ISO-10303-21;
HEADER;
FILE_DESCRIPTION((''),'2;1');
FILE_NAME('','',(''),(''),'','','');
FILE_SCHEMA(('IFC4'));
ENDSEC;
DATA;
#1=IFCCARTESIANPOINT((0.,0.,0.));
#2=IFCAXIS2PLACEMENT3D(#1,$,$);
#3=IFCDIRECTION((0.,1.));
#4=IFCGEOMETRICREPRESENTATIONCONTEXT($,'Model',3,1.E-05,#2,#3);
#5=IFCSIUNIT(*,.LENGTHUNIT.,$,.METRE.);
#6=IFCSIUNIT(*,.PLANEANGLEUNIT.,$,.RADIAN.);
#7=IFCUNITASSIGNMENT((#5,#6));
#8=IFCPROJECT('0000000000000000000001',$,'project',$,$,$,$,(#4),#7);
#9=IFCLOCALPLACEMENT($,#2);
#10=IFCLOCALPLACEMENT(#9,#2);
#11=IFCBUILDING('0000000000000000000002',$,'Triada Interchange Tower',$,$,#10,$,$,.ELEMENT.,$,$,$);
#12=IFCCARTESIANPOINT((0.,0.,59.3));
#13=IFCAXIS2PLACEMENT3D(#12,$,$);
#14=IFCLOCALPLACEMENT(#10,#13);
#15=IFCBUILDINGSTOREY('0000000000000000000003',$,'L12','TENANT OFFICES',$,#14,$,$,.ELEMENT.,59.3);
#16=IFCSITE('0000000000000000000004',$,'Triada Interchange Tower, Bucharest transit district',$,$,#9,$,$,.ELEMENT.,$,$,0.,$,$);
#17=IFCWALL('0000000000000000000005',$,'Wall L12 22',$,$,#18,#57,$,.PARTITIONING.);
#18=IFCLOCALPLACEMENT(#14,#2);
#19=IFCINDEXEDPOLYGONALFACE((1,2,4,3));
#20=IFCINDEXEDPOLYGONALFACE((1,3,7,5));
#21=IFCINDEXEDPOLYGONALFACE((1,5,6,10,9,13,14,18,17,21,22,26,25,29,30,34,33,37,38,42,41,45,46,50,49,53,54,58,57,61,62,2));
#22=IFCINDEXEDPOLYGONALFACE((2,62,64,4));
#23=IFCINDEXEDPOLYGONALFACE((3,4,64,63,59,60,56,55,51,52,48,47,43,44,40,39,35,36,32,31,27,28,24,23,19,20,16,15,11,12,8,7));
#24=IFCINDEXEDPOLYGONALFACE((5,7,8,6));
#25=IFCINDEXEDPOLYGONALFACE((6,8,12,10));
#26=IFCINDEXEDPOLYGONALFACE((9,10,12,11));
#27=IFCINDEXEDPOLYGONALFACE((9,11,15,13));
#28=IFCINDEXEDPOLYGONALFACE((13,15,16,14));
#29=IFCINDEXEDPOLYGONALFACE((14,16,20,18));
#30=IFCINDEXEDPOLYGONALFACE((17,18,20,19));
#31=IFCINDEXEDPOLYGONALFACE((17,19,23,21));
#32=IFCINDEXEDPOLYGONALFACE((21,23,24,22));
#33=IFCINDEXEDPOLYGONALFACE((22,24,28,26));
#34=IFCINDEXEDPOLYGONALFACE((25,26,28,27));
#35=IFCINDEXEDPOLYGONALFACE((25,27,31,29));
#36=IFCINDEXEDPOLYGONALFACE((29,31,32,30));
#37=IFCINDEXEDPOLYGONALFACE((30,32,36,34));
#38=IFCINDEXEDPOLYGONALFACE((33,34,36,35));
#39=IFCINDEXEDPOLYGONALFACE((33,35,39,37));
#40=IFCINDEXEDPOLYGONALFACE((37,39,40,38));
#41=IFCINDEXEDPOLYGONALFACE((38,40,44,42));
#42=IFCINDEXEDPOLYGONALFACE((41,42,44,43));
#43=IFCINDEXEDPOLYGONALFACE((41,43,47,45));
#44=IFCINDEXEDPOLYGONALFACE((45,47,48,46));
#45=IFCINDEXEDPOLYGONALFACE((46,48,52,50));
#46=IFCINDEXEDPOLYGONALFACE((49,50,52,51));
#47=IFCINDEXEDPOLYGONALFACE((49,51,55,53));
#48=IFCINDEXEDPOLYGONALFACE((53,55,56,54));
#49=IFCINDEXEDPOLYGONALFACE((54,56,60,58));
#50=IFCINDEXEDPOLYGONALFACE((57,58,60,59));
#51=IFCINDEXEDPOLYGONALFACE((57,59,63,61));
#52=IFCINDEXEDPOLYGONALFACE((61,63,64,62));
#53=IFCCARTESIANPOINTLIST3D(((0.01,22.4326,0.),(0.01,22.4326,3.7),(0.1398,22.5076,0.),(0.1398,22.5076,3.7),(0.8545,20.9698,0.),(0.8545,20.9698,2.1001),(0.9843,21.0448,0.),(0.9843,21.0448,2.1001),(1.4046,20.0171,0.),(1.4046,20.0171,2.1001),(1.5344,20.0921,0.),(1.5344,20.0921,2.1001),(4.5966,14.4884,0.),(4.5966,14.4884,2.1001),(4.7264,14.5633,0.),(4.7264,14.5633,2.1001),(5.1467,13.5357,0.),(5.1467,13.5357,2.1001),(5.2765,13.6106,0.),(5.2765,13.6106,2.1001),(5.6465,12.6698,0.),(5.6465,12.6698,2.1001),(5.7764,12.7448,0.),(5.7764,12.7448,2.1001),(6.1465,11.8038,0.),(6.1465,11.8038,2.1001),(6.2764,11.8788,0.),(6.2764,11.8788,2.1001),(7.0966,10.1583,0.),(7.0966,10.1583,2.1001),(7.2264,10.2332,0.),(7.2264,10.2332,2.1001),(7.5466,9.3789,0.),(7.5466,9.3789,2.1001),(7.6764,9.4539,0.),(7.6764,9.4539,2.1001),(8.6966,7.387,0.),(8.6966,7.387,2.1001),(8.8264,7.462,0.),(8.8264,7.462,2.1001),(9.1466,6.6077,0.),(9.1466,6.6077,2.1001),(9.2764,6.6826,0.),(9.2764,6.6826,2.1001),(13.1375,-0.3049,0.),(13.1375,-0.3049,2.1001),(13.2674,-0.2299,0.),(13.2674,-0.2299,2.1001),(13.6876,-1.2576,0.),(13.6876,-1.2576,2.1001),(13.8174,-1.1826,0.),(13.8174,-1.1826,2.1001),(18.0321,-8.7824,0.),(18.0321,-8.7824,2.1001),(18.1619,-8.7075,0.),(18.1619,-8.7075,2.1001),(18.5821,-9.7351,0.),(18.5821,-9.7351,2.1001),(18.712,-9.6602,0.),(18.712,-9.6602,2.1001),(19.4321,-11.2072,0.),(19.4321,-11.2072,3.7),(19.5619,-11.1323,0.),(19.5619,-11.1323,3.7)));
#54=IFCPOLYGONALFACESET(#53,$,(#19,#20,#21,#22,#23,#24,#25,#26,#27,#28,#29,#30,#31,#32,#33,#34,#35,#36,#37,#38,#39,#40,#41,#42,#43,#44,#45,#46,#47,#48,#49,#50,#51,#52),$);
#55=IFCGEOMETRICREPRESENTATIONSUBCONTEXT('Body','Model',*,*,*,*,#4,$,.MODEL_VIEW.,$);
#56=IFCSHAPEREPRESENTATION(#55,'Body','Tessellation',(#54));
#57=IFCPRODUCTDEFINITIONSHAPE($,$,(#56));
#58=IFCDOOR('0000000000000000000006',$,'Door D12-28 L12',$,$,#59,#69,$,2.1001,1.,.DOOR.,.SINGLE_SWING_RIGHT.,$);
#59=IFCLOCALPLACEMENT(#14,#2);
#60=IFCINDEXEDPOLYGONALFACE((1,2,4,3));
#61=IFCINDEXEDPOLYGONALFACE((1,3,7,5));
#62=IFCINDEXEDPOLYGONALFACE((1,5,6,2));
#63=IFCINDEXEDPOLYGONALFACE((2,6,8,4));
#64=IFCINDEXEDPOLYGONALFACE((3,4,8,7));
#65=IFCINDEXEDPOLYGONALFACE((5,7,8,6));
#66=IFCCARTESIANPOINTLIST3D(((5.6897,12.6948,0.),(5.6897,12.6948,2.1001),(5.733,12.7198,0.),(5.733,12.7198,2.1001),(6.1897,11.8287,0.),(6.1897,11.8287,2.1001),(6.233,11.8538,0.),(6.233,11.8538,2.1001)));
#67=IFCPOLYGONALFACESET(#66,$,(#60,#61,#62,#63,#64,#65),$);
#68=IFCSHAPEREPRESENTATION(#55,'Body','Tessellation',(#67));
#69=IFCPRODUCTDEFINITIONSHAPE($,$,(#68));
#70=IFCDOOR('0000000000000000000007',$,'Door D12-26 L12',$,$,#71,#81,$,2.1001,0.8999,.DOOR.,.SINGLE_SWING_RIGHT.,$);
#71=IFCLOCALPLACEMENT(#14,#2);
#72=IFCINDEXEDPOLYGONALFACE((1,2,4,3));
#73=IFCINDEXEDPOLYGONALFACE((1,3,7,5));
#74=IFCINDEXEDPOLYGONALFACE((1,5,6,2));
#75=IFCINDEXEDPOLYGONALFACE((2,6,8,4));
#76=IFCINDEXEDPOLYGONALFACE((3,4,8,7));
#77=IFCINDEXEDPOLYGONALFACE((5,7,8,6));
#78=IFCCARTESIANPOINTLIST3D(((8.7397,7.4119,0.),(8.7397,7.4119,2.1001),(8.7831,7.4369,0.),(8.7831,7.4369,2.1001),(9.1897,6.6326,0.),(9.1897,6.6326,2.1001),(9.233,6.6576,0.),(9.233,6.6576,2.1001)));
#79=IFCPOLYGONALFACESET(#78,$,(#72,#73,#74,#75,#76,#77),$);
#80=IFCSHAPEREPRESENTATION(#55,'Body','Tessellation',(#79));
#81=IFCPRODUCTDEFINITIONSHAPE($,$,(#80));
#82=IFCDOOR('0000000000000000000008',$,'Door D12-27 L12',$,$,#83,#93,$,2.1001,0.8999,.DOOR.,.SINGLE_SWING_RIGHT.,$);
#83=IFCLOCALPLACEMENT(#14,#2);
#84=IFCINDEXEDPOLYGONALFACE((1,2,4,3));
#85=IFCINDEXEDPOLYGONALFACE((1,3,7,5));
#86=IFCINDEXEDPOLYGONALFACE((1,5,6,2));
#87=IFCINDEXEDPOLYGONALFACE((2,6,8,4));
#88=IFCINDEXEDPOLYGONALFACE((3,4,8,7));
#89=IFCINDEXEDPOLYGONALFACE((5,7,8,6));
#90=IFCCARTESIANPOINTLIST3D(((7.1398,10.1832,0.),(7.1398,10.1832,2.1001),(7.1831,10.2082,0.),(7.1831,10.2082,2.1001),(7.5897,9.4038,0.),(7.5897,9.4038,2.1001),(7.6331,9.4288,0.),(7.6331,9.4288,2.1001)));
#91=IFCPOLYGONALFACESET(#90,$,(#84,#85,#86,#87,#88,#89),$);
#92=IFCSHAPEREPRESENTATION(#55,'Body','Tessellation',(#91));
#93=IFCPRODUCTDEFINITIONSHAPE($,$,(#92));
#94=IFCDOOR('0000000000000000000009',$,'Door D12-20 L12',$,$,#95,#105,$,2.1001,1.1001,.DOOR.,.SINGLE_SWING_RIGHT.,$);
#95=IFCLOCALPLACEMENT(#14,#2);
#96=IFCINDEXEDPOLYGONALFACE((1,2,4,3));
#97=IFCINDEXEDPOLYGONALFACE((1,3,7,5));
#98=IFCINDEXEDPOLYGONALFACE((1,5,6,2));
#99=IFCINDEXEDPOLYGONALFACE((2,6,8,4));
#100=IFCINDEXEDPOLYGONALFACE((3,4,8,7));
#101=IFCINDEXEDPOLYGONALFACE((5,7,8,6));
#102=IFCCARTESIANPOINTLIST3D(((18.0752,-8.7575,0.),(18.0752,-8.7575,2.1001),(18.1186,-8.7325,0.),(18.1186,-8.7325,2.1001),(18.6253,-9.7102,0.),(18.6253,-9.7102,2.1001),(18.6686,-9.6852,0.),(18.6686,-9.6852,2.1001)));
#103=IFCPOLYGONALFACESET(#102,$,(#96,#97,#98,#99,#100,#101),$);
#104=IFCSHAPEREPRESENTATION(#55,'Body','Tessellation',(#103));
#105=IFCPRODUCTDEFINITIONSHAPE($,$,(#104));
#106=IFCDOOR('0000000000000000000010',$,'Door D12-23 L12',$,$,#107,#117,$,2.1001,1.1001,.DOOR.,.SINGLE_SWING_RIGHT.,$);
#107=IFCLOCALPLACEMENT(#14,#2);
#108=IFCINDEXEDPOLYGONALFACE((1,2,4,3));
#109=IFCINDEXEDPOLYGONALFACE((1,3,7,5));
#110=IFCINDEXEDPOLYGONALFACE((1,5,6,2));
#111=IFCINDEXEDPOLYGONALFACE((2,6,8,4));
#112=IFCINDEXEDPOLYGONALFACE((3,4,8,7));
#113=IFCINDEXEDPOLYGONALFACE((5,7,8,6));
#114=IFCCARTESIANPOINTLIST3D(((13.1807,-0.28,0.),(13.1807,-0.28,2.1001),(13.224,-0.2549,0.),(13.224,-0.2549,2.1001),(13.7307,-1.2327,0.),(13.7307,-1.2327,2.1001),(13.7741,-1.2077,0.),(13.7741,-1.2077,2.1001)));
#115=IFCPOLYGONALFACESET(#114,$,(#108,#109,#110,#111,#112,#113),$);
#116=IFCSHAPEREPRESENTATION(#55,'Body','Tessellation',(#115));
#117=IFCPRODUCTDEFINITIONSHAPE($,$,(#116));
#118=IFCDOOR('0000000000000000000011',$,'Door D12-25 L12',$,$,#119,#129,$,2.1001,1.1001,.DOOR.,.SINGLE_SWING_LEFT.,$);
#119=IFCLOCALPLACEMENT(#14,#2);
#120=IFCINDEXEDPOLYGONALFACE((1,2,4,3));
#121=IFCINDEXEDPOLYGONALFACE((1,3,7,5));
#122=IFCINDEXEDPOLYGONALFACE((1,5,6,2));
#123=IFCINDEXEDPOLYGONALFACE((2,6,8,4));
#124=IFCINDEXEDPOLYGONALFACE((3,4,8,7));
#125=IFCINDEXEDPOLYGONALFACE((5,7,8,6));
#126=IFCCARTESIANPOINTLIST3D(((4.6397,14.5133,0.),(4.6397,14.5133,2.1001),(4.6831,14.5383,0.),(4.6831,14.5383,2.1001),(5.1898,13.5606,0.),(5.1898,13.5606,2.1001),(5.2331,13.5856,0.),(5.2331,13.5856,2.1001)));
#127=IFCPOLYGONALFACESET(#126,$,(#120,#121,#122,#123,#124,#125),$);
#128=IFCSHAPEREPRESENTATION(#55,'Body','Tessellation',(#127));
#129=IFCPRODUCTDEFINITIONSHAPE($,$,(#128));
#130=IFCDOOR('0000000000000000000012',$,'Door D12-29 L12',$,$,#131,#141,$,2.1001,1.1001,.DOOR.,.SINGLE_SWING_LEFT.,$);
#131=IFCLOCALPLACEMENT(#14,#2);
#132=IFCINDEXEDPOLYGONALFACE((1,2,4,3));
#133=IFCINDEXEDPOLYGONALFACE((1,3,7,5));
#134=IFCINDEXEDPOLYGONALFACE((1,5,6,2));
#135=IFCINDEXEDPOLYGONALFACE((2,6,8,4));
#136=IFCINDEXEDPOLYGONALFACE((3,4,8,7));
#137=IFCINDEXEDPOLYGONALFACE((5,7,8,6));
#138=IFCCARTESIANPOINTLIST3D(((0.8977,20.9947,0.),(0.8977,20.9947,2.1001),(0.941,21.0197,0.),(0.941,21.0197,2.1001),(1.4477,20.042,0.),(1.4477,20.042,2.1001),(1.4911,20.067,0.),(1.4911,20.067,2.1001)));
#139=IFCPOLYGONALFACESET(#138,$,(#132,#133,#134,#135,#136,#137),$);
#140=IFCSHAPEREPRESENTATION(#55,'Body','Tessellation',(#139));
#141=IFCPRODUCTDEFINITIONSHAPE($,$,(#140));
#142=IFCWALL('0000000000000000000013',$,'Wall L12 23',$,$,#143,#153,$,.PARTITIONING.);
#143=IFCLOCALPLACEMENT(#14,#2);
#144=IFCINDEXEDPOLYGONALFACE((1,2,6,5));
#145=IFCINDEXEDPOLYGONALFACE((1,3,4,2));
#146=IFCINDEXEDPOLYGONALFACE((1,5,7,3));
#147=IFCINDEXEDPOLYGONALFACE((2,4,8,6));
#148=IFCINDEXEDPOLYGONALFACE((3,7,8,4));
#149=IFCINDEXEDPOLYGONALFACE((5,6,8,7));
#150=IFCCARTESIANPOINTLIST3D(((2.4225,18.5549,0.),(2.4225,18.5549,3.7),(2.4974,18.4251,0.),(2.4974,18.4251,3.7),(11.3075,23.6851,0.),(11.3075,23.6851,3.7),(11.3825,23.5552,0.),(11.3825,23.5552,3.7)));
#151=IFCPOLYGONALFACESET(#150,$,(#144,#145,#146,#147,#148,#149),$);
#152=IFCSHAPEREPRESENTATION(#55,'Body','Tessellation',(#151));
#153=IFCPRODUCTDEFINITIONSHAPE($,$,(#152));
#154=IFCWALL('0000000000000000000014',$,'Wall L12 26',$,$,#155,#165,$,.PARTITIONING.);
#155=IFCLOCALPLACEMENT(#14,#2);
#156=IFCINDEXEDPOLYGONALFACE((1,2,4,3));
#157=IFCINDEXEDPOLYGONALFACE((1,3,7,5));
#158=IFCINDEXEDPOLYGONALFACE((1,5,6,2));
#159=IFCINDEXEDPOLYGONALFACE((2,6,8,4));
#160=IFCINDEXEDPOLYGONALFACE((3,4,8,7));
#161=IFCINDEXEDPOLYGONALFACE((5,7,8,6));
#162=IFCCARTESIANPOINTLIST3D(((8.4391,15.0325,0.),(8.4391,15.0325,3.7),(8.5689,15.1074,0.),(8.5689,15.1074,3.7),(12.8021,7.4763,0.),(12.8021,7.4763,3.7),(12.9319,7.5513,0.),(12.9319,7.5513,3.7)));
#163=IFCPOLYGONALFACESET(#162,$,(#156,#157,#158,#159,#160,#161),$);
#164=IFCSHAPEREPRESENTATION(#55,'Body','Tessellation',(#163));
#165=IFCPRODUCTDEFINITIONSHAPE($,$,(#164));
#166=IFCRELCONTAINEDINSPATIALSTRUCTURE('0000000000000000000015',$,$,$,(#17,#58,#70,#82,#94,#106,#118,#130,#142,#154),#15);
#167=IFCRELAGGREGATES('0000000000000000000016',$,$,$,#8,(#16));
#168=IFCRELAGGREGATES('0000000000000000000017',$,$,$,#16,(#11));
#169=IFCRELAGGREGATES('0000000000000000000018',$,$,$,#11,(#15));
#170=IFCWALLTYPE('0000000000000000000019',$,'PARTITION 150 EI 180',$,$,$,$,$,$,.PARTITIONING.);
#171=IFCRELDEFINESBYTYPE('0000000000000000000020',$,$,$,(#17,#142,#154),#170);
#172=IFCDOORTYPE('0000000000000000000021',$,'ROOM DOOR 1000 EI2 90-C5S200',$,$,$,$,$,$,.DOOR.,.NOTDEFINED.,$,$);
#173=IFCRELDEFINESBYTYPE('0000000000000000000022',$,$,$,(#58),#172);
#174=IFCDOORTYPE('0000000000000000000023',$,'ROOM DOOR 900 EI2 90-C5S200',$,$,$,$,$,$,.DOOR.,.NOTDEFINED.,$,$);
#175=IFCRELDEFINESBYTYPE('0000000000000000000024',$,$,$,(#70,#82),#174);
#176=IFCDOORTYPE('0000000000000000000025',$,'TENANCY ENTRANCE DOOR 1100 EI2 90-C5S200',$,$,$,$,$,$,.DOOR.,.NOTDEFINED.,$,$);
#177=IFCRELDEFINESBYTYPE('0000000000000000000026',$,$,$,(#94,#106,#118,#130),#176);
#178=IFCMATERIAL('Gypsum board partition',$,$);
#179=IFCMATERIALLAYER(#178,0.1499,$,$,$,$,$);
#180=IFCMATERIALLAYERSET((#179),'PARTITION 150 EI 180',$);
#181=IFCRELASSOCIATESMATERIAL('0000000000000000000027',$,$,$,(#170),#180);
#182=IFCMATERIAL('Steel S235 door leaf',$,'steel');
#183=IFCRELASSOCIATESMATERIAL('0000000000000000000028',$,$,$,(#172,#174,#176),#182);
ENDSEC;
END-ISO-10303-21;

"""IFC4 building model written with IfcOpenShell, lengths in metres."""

from ifc_helpers import new_model, si_unit, direction, frame, frame_2d, origin, place, context, subcontext, project, spatial, rectangle, extrude, material, layer, layer_set, type_object, element, fill, save


model = new_model("IFC4")

# Units and contexts
model_context = context("Model", 3, precision=1e-05, world=origin(), true_north=direction((0.0, 1.0)))
body_context = subcontext(model_context, "Body", "Model", "MODEL_VIEW")
ifc_project = project(units=[si_unit("LENGTHUNIT", "METRE"), si_unit("PLANEANGLEUNIT", "RADIAN")], contexts=[model_context])

# Site, building, storey
site_placement = place(None, origin())
site = spatial("IfcSite", under=ifc_project, at=site_placement, Name="Triada Interchange Tower, Bucharest transit district", CompositionType="ELEMENT", RefElevation=0.0)
building_placement = place(site_placement, origin())
building = spatial("IfcBuilding", under=site, at=building_placement, Name="Triada Interchange Tower", CompositionType="ELEMENT")
storey_placement = place(building_placement, frame((0.0, 0.0, 59.3)))
storey = spatial("IfcBuildingStorey", under=building, at=storey_placement, Name="L12", Description="TENANT OFFICES", CompositionType="ELEMENT", Elevation=59.3)

# Shared definitions
ifc_material_1 = material(Name="Steel S235 door leaf", Category="steel")

# Shared definitions
ifc_material_2 = material(Name="Gypsum board partition")
ifc_layer_1 = layer(ifc_material_2, 0.1499)
ifc_layer_set_1 = layer_set([ifc_layer_1], Name="PARTITION 150 EI 180")
wall_type_1 = type_object("IfcWallType", Name="PARTITION 150 EI 180", PredefinedType="PARTITIONING", material=ifc_layer_set_1)

# Wall, openings, doors
wall_1_placement = place(storey_placement, frame((0.075, 22.47, 0.0), z_axis=(0.0, 0.0, 1.0), x_axis=(0.500002, -0.866024, 0.0)))
wall_1 = element("IfcWall", 1, at=wall_1_placement, inside=storey, type_object=wall_type_1, Name="Wall L12 22", PredefinedType="PARTITIONING", context=body_context, shape_type="SweptSolid", body=[
    extrude(rectangle(XDim=38.844, YDim=0.1499, at=frame_2d((19.4219, 0.0))), origin(), (0.0, 0.0, 1.0), 3.7),
])
opening_1_placement = place(wall_1_placement, frame((36.0439, 0.0, 0.0)))
opening_1 = element("IfcOpeningElement", 2, at=opening_1_placement, cuts=wall_1, PredefinedType="OPENING", context=body_context, shape_type="SweptSolid", body=[
    extrude(rectangle(XDim=1.1001, YDim=2.1001, at=frame_2d((0.55, 1.05))), frame((0.0, 0.085, 0.0), z_axis=(0.0, -1.0, 0.0), x_axis=(1.0, 0.0, 0.0)), (0.0, 0.0, 1.0), 0.1699),
])
opening_2_placement = place(wall_1_placement, frame((26.2549, 0.0, 0.0)))
opening_2 = element("IfcOpeningElement", 3, at=opening_2_placement, cuts=wall_1, PredefinedType="OPENING", context=body_context, shape_type="SweptSolid", body=[
    extrude(rectangle(XDim=1.1001, YDim=2.1001, at=frame_2d((0.55, 1.05))), frame((0.0, 0.085, 0.0), z_axis=(0.0, -1.0, 0.0), x_axis=(1.0, 0.0, 0.0)), (0.0, 0.0, 1.0), 0.1699),
])
opening_3_placement = place(wall_1_placement, frame((9.1731, 0.0, 0.0)))
opening_3 = element("IfcOpeningElement", 4, at=opening_3_placement, cuts=wall_1, PredefinedType="OPENING", context=body_context, shape_type="SweptSolid", body=[
    extrude(rectangle(XDim=1.1001, YDim=2.1001, at=frame_2d((0.55, 1.05))), frame((0.0, 0.085, 0.0), z_axis=(0.0, -1.0, 0.0), x_axis=(1.0, 0.0, 0.0)), (0.0, 0.0, 1.0), 0.1699),
])
opening_4_placement = place(wall_1_placement, frame((17.373, 0.0, 0.0)))
opening_4 = element("IfcOpeningElement", 5, at=opening_4_placement, cuts=wall_1, PredefinedType="OPENING", context=body_context, shape_type="SweptSolid", body=[
    extrude(rectangle(XDim=0.8999, YDim=2.1001, at=frame_2d((0.45, 1.05))), frame((0.0, 0.085, 0.0), z_axis=(0.0, -1.0, 0.0), x_axis=(1.0, 0.0, 0.0)), (0.0, 0.0, 1.0), 0.1699),
])
opening_5_placement = place(wall_1_placement, frame((14.1731, 0.0, 0.0)))
opening_5 = element("IfcOpeningElement", 6, at=opening_5_placement, cuts=wall_1, PredefinedType="OPENING", context=body_context, shape_type="SweptSolid", body=[
    extrude(rectangle(XDim=0.8999, YDim=2.1001, at=frame_2d((0.45, 1.05))), frame((0.0, 0.085, 0.0), z_axis=(0.0, -1.0, 0.0), x_axis=(1.0, 0.0, 0.0)), (0.0, 0.0, 1.0), 0.1699),
])
opening_6_placement = place(wall_1_placement, frame((11.2729, 0.0, 0.0)))
opening_6 = element("IfcOpeningElement", 7, at=opening_6_placement, cuts=wall_1, PredefinedType="OPENING", context=body_context, shape_type="SweptSolid", body=[
    extrude(rectangle(XDim=1.0, YDim=2.1001, at=frame_2d((0.5, 1.05))), frame((0.0, 0.085, 0.0), z_axis=(0.0, -1.0, 0.0), x_axis=(1.0, 0.0, 0.0)), (0.0, 0.0, 1.0), 0.1699),
])
opening_7_placement = place(wall_1_placement, frame((1.689, 0.0, 0.0)))
opening_7 = element("IfcOpeningElement", 8, at=opening_7_placement, cuts=wall_1, PredefinedType="OPENING", context=body_context, shape_type="SweptSolid", body=[
    extrude(rectangle(XDim=1.1001, YDim=2.1001, at=frame_2d((0.55, 1.05))), frame((0.0, 0.085, 0.0), z_axis=(0.0, -1.0, 0.0), x_axis=(1.0, 0.0, 0.0)), (0.0, 0.0, 1.0), 0.1699),
])
door_type_1 = type_object("IfcDoorType", Name="ROOM DOOR 1000 EI2 90-C5S200", OperationType="NOTDEFINED", PredefinedType="DOOR", material=ifc_material_1)
door_1_placement = place(opening_6_placement, origin())
door_1 = element("IfcDoor", 9, at=door_1_placement, inside=storey, type_object=door_type_1, Name="Door D12-28 L12", OperationType="SINGLE_SWING_RIGHT", OverallHeight=2.1001, OverallWidth=1.0, PredefinedType="DOOR", context=body_context, shape_type="SweptSolid", body=[
    extrude(rectangle(XDim=1.0, YDim=2.1001, at=frame_2d((0.5, 1.05))), frame((0.0, 0.0249, 0.0), z_axis=(0.0, -1.0, 0.0), x_axis=(1.0, 0.0, 0.0)), (0.0, 0.0, 1.0), 0.05),
])
fill(opening_6, door_1)
door_type_2 = type_object("IfcDoorType", Name="ROOM DOOR 900 EI2 90-C5S200", OperationType="NOTDEFINED", PredefinedType="DOOR", material=ifc_material_1)
door_2_placement = place(opening_4_placement, origin())
door_2 = element("IfcDoor", 10, at=door_2_placement, inside=storey, type_object=door_type_2, Name="Door D12-26 L12", OperationType="SINGLE_SWING_RIGHT", OverallHeight=2.1001, OverallWidth=0.8999, PredefinedType="DOOR", context=body_context, shape_type="SweptSolid", body=[
    extrude(rectangle(XDim=0.8999, YDim=2.1001, at=frame_2d((0.45, 1.05))), frame((0.0, 0.0249, 0.0), z_axis=(0.0, -1.0, 0.0), x_axis=(1.0, 0.0, 0.0)), (0.0, 0.0, 1.0), 0.05),
])
fill(opening_4, door_2)
door_3_placement = place(opening_5_placement, origin())
door_3 = element("IfcDoor", 11, at=door_3_placement, inside=storey, type_object=door_type_2, Name="Door D12-27 L12", OperationType="SINGLE_SWING_RIGHT", OverallHeight=2.1001, OverallWidth=0.8999, PredefinedType="DOOR", context=body_context, shape_type="SweptSolid", body=[
    extrude(rectangle(XDim=0.8999, YDim=2.1001, at=frame_2d((0.45, 1.05))), frame((0.0, 0.0249, 0.0), z_axis=(0.0, -1.0, 0.0), x_axis=(1.0, 0.0, 0.0)), (0.0, 0.0, 1.0), 0.05),
])
fill(opening_5, door_3)
door_type_3 = type_object("IfcDoorType", Name="TENANCY ENTRANCE DOOR 1100 EI2 90-C5S200", OperationType="NOTDEFINED", PredefinedType="DOOR", material=ifc_material_1)
door_4_placement = place(opening_1_placement, origin())
door_4 = element("IfcDoor", 12, at=door_4_placement, inside=storey, type_object=door_type_3, Name="Door D12-20 L12", OperationType="SINGLE_SWING_RIGHT", OverallHeight=2.1001, OverallWidth=1.1001, PredefinedType="DOOR", context=body_context, shape_type="SweptSolid", body=[
    extrude(rectangle(XDim=1.1001, YDim=2.1001, at=frame_2d((0.55, 1.05))), frame((0.0, 0.0249, 0.0), z_axis=(0.0, -1.0, 0.0), x_axis=(1.0, 0.0, 0.0)), (0.0, 0.0, 1.0), 0.05),
])
fill(opening_1, door_4)
door_5_placement = place(opening_2_placement, origin())
door_5 = element("IfcDoor", 13, at=door_5_placement, inside=storey, type_object=door_type_3, Name="Door D12-23 L12", OperationType="SINGLE_SWING_RIGHT", OverallHeight=2.1001, OverallWidth=1.1001, PredefinedType="DOOR", context=body_context, shape_type="SweptSolid", body=[
    extrude(rectangle(XDim=1.1001, YDim=2.1001, at=frame_2d((0.55, 1.05))), frame((0.0, 0.0249, 0.0), z_axis=(0.0, -1.0, 0.0), x_axis=(1.0, 0.0, 0.0)), (0.0, 0.0, 1.0), 0.05),
])
fill(opening_2, door_5)
door_6_placement = place(opening_3_placement, origin())
door_6 = element("IfcDoor", 14, at=door_6_placement, inside=storey, type_object=door_type_3, Name="Door D12-25 L12", OperationType="SINGLE_SWING_LEFT", OverallHeight=2.1001, OverallWidth=1.1001, PredefinedType="DOOR", context=body_context, shape_type="SweptSolid", body=[
    extrude(rectangle(XDim=1.1001, YDim=2.1001, at=frame_2d((0.55, 1.05))), frame((0.0, 0.0249, 0.0), z_axis=(0.0, -1.0, 0.0), x_axis=(1.0, 0.0, 0.0)), (0.0, 0.0, 1.0), 0.05),
])
fill(opening_3, door_6)
door_7_placement = place(opening_7_placement, origin())
door_7 = element("IfcDoor", 15, at=door_7_placement, inside=storey, type_object=door_type_3, Name="Door D12-29 L12", OperationType="SINGLE_SWING_LEFT", OverallHeight=2.1001, OverallWidth=1.1001, PredefinedType="DOOR", context=body_context, shape_type="SweptSolid", body=[
    extrude(rectangle(XDim=1.1001, YDim=2.1001, at=frame_2d((0.55, 1.05))), frame((0.0, 0.0249, 0.0), z_axis=(0.0, -1.0, 0.0), x_axis=(1.0, 0.0, 0.0)), (0.0, 0.0, 1.0), 0.05),
])
fill(opening_7, door_7)

# Walls
wall_2_placement = place(storey_placement, frame((2.46, 18.49, 0.0), z_axis=(0.0, 0.0, 1.0), x_axis=(0.86601, 0.500027, 0.0)))
element("IfcWall", 16, at=wall_2_placement, inside=storey, type_object=wall_type_1, Name="Wall L12 23", PredefinedType="PARTITIONING", context=body_context, shape_type="SweptSolid", body=[
    extrude(rectangle(XDim=10.2598, YDim=0.1499, at=frame_2d((5.1299, 0.0))), origin(), (0.0, 0.0, 1.0), 3.7),
])
wall_3_placement = place(storey_placement, frame((8.5039, 15.0701, 0.0), z_axis=(0.0, 0.0, 1.0), x_axis=(0.500042, -0.866001, 0.0)))
element("IfcWall", 17, at=wall_3_placement, inside=storey, type_object=wall_type_1, Name="Wall L12 26", PredefinedType="PARTITIONING", context=body_context, shape_type="SweptSolid", body=[
    extrude(rectangle(XDim=8.7253, YDim=0.1499, at=frame_2d((4.3628, 0.0))), origin(), (0.0, 0.0, 1.0), 3.7),
])

save(model, "model.ifc")
